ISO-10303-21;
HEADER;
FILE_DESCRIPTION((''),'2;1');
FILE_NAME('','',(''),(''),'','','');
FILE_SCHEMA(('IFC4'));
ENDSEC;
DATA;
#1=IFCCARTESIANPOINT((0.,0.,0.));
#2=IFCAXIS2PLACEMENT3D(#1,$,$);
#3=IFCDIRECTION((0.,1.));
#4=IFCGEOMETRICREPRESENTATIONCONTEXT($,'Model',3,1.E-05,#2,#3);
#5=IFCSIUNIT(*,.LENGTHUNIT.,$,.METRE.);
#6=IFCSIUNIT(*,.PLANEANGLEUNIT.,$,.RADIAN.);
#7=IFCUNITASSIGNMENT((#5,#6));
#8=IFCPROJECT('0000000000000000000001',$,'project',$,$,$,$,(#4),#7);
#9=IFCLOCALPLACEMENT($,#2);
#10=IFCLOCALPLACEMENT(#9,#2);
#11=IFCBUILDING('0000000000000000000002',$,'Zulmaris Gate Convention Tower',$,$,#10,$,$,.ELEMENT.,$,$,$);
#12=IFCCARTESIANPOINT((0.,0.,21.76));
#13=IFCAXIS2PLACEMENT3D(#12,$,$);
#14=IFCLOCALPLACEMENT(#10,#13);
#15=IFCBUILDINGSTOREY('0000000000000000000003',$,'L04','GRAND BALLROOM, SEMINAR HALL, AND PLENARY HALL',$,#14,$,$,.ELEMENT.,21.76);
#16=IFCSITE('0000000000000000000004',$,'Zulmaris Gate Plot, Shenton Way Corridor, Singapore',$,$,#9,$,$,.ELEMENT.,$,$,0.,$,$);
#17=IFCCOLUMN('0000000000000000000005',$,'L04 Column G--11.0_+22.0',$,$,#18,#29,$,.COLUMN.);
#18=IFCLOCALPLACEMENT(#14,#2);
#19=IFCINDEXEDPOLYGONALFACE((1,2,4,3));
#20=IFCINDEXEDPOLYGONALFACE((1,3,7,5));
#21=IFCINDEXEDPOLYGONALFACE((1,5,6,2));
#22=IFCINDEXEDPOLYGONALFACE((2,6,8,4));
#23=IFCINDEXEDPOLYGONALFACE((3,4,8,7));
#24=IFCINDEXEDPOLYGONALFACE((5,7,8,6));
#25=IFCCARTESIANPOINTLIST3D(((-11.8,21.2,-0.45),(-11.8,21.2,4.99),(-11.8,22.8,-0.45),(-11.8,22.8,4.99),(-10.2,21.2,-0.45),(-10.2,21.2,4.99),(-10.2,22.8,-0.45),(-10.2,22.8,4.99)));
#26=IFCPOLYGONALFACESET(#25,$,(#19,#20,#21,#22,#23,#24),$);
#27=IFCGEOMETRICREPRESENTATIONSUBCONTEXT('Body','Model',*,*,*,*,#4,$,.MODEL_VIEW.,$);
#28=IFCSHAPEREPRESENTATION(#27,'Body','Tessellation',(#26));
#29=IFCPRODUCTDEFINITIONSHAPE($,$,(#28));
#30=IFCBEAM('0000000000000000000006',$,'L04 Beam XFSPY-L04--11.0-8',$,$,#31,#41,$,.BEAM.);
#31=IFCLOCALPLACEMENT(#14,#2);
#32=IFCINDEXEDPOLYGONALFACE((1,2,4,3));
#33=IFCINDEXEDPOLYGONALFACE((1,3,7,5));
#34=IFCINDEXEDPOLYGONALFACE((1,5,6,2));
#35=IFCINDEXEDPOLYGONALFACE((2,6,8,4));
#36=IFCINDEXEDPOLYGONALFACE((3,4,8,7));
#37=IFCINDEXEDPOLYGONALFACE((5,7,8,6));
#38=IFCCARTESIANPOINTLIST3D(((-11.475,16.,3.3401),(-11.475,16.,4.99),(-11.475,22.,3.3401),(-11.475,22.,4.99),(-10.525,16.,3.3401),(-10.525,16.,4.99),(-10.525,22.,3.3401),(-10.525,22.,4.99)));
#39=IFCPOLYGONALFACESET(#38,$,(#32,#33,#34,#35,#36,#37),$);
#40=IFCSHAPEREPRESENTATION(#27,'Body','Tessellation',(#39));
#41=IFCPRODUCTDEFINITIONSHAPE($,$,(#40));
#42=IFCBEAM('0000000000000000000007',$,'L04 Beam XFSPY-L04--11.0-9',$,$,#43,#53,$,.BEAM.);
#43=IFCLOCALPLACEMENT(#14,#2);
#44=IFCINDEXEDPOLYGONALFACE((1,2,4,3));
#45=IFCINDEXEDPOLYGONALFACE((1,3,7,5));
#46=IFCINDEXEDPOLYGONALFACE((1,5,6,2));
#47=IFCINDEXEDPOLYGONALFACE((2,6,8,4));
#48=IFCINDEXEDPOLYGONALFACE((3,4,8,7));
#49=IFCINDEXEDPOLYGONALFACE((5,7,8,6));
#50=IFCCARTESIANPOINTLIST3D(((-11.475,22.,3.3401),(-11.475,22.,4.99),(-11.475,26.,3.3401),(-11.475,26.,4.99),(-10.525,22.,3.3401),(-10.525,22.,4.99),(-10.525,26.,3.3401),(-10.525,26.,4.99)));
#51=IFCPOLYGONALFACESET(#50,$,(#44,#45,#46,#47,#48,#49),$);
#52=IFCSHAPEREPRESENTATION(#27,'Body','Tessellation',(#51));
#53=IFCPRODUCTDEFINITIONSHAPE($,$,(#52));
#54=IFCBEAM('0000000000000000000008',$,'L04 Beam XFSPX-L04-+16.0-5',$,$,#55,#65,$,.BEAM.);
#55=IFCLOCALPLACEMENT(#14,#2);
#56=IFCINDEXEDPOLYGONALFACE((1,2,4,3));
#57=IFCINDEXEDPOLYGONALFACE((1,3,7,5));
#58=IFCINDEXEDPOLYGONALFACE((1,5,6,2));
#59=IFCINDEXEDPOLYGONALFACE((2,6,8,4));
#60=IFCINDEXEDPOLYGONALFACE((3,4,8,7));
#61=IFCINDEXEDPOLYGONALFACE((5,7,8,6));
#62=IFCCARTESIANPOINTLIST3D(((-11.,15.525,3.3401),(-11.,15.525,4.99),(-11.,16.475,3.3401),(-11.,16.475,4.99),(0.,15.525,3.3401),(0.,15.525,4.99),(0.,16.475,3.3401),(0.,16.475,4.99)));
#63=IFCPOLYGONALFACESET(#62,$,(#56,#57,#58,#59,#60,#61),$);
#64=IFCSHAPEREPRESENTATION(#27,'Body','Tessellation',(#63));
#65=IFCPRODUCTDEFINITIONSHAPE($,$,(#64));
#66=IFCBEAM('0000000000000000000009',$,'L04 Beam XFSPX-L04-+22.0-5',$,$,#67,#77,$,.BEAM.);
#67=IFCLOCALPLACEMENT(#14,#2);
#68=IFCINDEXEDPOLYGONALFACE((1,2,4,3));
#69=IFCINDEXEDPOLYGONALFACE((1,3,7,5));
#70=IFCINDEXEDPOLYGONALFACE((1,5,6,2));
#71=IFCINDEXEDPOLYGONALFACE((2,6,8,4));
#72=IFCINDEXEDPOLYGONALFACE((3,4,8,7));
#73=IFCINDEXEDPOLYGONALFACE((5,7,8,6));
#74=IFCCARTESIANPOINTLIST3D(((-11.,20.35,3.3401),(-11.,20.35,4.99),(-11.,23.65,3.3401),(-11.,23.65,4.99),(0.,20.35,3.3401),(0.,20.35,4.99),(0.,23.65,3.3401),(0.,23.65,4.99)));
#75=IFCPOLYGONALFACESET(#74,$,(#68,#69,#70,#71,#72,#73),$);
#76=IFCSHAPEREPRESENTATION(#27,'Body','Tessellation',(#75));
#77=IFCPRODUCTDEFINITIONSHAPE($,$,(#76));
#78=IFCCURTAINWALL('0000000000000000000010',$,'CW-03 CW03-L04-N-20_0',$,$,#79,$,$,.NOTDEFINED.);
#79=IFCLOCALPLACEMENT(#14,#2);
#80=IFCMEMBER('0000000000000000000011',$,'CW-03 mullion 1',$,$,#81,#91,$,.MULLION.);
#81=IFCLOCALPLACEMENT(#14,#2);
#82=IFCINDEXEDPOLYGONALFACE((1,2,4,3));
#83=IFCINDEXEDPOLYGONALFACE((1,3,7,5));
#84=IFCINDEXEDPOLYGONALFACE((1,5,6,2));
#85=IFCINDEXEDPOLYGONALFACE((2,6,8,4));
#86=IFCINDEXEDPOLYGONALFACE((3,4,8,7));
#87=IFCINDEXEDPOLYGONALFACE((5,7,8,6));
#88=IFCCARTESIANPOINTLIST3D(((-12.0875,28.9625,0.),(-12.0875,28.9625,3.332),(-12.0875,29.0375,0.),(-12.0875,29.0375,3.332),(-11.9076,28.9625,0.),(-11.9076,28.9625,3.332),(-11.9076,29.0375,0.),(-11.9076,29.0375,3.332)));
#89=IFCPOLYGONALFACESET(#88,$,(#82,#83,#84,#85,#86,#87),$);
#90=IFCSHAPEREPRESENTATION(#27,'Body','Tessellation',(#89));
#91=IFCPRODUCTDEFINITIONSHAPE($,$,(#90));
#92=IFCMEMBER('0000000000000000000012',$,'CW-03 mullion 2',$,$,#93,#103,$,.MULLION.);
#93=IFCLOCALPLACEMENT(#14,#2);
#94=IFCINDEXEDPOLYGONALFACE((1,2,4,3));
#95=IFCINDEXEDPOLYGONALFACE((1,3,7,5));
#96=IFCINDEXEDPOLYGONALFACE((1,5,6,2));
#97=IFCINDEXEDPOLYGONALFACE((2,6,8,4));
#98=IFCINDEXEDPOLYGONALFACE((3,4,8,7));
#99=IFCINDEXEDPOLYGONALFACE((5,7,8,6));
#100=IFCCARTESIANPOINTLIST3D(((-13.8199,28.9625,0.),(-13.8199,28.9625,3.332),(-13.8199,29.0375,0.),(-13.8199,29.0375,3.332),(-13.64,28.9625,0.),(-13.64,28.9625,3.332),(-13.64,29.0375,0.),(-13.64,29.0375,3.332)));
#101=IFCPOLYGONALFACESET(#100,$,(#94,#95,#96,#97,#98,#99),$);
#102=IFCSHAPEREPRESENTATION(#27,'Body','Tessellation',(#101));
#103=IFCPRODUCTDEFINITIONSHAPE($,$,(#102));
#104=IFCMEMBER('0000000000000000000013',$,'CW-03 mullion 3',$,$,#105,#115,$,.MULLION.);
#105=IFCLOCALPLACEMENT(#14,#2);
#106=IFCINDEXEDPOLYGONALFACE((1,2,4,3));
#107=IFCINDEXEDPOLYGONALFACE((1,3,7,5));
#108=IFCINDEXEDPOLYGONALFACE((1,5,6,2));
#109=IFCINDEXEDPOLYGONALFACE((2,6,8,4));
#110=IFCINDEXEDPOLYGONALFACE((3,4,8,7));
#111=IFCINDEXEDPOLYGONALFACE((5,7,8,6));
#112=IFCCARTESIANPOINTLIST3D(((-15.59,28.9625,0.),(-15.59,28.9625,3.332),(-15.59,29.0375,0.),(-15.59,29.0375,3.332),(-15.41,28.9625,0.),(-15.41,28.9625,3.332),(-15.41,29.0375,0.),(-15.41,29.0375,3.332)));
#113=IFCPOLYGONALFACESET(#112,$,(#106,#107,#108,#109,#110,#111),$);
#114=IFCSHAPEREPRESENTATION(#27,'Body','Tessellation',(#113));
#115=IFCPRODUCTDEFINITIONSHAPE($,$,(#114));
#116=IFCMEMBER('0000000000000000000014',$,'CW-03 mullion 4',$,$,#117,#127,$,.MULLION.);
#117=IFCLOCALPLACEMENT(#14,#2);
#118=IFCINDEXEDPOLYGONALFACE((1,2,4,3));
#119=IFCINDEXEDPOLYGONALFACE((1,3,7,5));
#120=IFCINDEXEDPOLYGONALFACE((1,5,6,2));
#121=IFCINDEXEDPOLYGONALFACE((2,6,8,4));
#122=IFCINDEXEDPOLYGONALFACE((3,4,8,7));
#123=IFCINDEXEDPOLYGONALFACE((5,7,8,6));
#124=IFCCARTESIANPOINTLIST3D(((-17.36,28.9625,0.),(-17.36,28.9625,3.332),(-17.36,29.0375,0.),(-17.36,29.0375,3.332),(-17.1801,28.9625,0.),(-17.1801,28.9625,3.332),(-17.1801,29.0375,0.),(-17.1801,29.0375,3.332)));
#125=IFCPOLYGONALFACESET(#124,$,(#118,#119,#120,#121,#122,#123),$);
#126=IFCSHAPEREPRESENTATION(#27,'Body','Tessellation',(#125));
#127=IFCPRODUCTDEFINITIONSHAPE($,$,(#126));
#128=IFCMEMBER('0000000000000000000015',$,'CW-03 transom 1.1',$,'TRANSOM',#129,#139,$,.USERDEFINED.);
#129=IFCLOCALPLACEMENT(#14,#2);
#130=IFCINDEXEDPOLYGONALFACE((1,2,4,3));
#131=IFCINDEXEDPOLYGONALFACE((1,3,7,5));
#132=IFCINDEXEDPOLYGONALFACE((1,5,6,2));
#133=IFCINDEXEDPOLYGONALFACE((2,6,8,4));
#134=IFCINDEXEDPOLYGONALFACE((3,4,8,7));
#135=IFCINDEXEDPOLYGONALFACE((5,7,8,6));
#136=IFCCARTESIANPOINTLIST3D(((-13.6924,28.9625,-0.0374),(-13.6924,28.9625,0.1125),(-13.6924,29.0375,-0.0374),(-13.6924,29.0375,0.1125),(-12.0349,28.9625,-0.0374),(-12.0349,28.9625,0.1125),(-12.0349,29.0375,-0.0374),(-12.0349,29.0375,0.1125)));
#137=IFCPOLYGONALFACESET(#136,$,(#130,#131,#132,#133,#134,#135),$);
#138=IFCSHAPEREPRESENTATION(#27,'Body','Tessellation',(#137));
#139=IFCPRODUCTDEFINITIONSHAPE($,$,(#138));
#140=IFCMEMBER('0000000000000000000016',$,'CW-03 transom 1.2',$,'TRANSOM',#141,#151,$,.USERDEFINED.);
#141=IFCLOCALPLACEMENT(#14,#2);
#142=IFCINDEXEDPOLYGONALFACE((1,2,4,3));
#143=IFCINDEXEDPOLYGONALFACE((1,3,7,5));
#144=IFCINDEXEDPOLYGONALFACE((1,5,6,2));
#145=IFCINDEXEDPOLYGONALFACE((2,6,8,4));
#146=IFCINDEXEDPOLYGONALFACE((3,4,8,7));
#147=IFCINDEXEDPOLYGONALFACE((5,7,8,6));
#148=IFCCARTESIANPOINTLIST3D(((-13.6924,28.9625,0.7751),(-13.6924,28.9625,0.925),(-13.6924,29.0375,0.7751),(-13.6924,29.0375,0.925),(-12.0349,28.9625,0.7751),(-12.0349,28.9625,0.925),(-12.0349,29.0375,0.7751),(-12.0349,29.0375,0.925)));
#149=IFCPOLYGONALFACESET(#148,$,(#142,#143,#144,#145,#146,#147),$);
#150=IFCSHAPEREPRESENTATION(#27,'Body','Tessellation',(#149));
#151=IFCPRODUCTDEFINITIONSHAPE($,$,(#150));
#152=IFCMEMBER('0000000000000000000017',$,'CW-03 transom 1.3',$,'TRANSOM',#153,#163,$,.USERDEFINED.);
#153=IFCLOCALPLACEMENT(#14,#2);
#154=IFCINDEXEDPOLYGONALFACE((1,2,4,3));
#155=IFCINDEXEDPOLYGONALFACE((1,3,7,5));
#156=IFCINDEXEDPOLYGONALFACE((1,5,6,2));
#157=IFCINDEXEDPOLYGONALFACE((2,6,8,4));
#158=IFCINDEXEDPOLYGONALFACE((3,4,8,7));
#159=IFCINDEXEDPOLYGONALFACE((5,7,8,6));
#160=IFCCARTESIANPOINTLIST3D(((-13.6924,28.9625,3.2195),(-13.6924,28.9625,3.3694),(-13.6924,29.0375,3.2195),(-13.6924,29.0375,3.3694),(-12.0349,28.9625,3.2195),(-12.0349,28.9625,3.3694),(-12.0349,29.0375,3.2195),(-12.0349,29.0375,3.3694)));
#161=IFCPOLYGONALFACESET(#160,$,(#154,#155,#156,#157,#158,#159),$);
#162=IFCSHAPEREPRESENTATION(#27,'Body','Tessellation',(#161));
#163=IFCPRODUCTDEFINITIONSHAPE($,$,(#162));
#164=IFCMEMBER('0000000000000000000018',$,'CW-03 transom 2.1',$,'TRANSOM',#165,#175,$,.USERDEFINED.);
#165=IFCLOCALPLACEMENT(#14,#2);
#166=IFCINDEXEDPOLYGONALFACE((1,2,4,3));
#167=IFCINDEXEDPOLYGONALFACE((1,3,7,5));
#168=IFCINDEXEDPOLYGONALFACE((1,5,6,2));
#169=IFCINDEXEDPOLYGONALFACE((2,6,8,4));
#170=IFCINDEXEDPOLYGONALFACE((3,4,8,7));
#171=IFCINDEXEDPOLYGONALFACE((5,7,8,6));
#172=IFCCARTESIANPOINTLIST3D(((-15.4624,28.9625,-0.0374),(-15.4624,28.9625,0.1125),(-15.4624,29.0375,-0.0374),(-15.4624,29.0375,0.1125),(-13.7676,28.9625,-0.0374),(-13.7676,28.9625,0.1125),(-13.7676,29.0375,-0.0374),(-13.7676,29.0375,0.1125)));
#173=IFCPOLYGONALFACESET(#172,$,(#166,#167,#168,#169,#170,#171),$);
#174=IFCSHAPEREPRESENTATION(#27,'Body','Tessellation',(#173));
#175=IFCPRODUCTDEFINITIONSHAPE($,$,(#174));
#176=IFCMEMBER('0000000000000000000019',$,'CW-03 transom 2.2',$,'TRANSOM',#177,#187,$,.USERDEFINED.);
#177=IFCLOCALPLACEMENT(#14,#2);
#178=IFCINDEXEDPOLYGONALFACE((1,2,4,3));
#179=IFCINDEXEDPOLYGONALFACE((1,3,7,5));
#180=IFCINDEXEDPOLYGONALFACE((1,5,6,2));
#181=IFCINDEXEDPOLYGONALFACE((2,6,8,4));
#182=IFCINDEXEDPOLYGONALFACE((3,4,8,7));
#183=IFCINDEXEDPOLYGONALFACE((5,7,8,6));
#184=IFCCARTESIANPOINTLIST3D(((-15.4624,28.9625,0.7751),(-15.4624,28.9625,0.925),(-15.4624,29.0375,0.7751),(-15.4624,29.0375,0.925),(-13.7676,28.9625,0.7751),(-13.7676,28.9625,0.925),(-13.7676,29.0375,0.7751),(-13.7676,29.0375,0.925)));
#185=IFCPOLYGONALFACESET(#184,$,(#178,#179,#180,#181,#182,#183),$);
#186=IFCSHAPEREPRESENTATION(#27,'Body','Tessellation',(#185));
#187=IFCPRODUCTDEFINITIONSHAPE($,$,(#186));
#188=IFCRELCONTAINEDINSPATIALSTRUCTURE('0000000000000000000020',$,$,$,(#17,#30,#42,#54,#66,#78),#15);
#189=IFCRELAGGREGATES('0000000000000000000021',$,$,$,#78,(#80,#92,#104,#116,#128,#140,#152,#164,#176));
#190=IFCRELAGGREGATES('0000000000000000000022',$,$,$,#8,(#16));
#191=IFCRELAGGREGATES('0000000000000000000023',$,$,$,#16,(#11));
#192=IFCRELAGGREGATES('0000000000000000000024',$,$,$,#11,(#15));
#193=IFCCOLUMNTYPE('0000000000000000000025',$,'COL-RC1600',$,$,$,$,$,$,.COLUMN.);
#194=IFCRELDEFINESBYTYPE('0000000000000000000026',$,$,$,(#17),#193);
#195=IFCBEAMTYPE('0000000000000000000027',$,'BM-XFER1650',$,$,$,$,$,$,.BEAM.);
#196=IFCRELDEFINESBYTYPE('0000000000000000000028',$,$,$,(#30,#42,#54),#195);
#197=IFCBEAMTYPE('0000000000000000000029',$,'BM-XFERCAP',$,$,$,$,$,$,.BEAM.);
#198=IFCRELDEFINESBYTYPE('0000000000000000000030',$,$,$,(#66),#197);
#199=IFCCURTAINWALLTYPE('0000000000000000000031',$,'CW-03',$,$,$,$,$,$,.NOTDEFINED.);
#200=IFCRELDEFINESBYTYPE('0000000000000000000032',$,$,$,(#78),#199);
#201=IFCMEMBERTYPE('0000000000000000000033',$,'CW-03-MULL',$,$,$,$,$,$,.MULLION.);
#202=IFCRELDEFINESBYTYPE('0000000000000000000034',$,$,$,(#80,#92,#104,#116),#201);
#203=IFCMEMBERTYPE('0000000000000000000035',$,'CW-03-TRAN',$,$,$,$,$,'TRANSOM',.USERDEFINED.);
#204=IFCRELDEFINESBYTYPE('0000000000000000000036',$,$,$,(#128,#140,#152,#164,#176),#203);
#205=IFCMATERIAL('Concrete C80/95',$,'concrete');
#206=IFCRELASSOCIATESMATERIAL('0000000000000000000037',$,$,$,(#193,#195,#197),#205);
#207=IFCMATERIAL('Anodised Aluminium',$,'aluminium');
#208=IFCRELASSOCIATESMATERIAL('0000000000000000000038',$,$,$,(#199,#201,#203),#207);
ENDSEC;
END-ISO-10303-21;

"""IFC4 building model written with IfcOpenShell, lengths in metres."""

from ifc_helpers import new_model, si_unit, direction, frame, origin, origin_2d, place, context, subcontext, project, spatial, rectangle, extrude, material, material_profile, profile_set, type_object, element, aggregate, save


model = new_model("IFC4")

# Units and contexts
model_context = context("Model", 3, precision=1e-05, world=origin(), true_north=direction((0.0, 1.0)))
body_context = subcontext(model_context, "Body", "Model", "MODEL_VIEW")
ifc_project = project(units=[si_unit("LENGTHUNIT", "METRE"), si_unit("PLANEANGLEUNIT", "RADIAN")], contexts=[model_context])

# Site, building, storey
site_placement = place(None, origin())
site = spatial("IfcSite", under=ifc_project, at=site_placement, Name="Zulmaris Gate Plot, Shenton Way Corridor, Singapore", CompositionType="ELEMENT", RefElevation=0.0)
building_placement = place(site_placement, origin())
building = spatial("IfcBuilding", under=site, at=building_placement, Name="Zulmaris Gate Convention Tower", CompositionType="ELEMENT")
storey_placement = place(building_placement, frame((0.0, 0.0, 21.76)))
storey = spatial("IfcBuildingStorey", under=building, at=storey_placement, Name="L04", Description="GRAND BALLROOM, SEMINAR HALL, AND PLENARY HALL", CompositionType="ELEMENT", Elevation=21.76)

# Column
ifc_material_1 = material(Name="Concrete C80/95", Category="concrete")
ifc_material_profile_1 = material_profile(ifc_material_1, rectangle(XDim=1.6001, YDim=1.6001, at=origin_2d()), Name="RC COL 1600x1600")
ifc_profile_set_1 = profile_set([ifc_material_profile_1], Name="Concrete C80/95")
column_type = type_object("IfcColumnType", Name="COL-RC1600", PredefinedType="COLUMN", material=ifc_profile_set_1)
column_placement = place(storey_placement, frame((-11.0, 22.0, -0.45), z_axis=(0.0, 0.0, 1.0), x_axis=(1.0, 0.0, 0.0)))
element("IfcColumn", 1, at=column_placement, inside=storey, type_object=column_type, Name="L04 Column G--11.0_+22.0", PredefinedType="COLUMN", context=body_context, shape_type="SweptSolid", body=[
    extrude(rectangle(XDim=1.6001, YDim=1.6001, at=origin_2d()), origin(), (0.0, 0.0, 1.0), 5.4399),
])

# Beams
ifc_material_profile_2 = material_profile(ifc_material_1, rectangle(XDim=0.95, YDim=1.6499, at=origin_2d()), Name="RC TRANSFER 950x1650")
ifc_profile_set_2 = profile_set([ifc_material_profile_2], Name="Concrete C80/95")
beam_type_1 = type_object("IfcBeamType", Name="BM-XFER1650", PredefinedType="BEAM", material=ifc_profile_set_2)
beam_1_placement = place(storey_placement, frame((-11.0, 16.0, 4.165), z_axis=(0.0, 1.0, 0.0), x_axis=(-1.0, 0.0, 0.0)))
element("IfcBeam", 2, at=beam_1_placement, inside=storey, type_object=beam_type_1, Name="L04 Beam XFSPY-L04--11.0-8", PredefinedType="BEAM", context=body_context, shape_type="SweptSolid", body=[
    extrude(rectangle(XDim=0.95, YDim=1.6499, at=origin_2d()), origin(), (0.0, 0.0, 1.0), 6.0),
])
beam_2_placement = place(storey_placement, frame((-11.0, 22.0, 4.165), z_axis=(0.0, 1.0, 0.0), x_axis=(-1.0, 0.0, 0.0)))
element("IfcBeam", 3, at=beam_2_placement, inside=storey, type_object=beam_type_1, Name="L04 Beam XFSPY-L04--11.0-9", PredefinedType="BEAM", context=body_context, shape_type="SweptSolid", body=[
    extrude(rectangle(XDim=0.95, YDim=1.6499, at=origin_2d()), origin(), (0.0, 0.0, 1.0), 4.0),
])
beam_3_placement = place(storey_placement, frame((-11.0, 16.0, 4.165), z_axis=(1.0, 0.0, 0.0), x_axis=(0.0, 1.0, 0.0)))
element("IfcBeam", 4, at=beam_3_placement, inside=storey, type_object=beam_type_1, Name="L04 Beam XFSPX-L04-+16.0-5", PredefinedType="BEAM", context=body_context, shape_type="SweptSolid", body=[
    extrude(rectangle(XDim=0.95, YDim=1.6499, at=origin_2d()), origin(), (0.0, 0.0, 1.0), 11.0),
])
ifc_material_profile_3 = material_profile(ifc_material_1, rectangle(XDim=3.3, YDim=1.6499, at=origin_2d()), Name="RC TRANSFER 3300x1650")
ifc_profile_set_3 = profile_set([ifc_material_profile_3], Name="Concrete C80/95")
beam_type_2 = type_object("IfcBeamType", Name="BM-XFERCAP", PredefinedType="BEAM", material=ifc_profile_set_3)
beam_4_placement = place(storey_placement, frame((-11.0, 22.0, 4.165), z_axis=(1.0, 0.0, 0.0), x_axis=(0.0, 1.0, 0.0)))
element("IfcBeam", 5, at=beam_4_placement, inside=storey, type_object=beam_type_2, Name="L04 Beam XFSPX-L04-+22.0-5", PredefinedType="BEAM", context=body_context, shape_type="SweptSolid", body=[
    extrude(rectangle(XDim=3.3, YDim=1.6499, at=origin_2d()), origin(), (0.0, 0.0, 1.0), 11.0),
])

# Curtain wall, members
ifc_material_2 = material(Name="Anodised Aluminium", Category="aluminium")
curtain_wall_type = type_object("IfcCurtainWallType", Name="CW-03", PredefinedType="NOTDEFINED", material=ifc_material_2)
curtain_wall_placement = place(storey_placement, origin())
curtain_wall = element("IfcCurtainWall", 6, at=curtain_wall_placement, inside=storey, type_object=curtain_wall_type, Name="CW-03 CW03-L04-N-20_0", PredefinedType="NOTDEFINED")
ifc_material_profile_4 = material_profile(ifc_material_2, rectangle(XDim=0.075, YDim=0.1799, at=origin_2d()), Name="ALU MULLION 75x180")
ifc_profile_set_4 = profile_set([ifc_material_profile_4], Name="Anodised Aluminium")
member_type_1 = type_object("IfcMemberType", Name="CW-03-MULL", PredefinedType="MULLION", material=ifc_profile_set_4)
member_1_placement = place(storey_placement, frame((-11.9976, 29.0, 0.0), z_axis=(0.0, 0.0, 1.0), x_axis=(0.0, -1.0, 0.0)))
member_1 = element("IfcMember", 7, at=member_1_placement, type_object=member_type_1, Name="CW-03 mullion 1", PredefinedType="MULLION", context=body_context, shape_type="SweptSolid", body=[
    extrude(rectangle(XDim=0.075, YDim=0.1799, at=origin_2d()), origin(), (0.0, 0.0, 1.0), 3.332),
])
member_2_placement = place(storey_placement, frame((-13.73, 29.0, 0.0), z_axis=(0.0, 0.0, 1.0), x_axis=(0.0, -1.0, 0.0)))
member_2 = element("IfcMember", 8, at=member_2_placement, type_object=member_type_1, Name="CW-03 mullion 2", PredefinedType="MULLION", context=body_context, shape_type="SweptSolid", body=[
    extrude(rectangle(XDim=0.075, YDim=0.1799, at=origin_2d()), origin(), (0.0, 0.0, 1.0), 3.332),
])
member_3_placement = place(storey_placement, frame((-15.5, 29.0, 0.0), z_axis=(0.0, 0.0, 1.0), x_axis=(0.0, -1.0, 0.0)))
member_3 = element("IfcMember", 9, at=member_3_placement, type_object=member_type_1, Name="CW-03 mullion 3", PredefinedType="MULLION", context=body_context, shape_type="SweptSolid", body=[
    extrude(rectangle(XDim=0.075, YDim=0.1799, at=origin_2d()), origin(), (0.0, 0.0, 1.0), 3.332),
])
member_4_placement = place(storey_placement, frame((-17.27, 29.0, 0.0), z_axis=(0.0, 0.0, 1.0), x_axis=(0.0, -1.0, 0.0)))
member_4 = element("IfcMember", 10, at=member_4_placement, type_object=member_type_1, Name="CW-03 mullion 4", PredefinedType="MULLION", context=body_context, shape_type="SweptSolid", body=[
    extrude(rectangle(XDim=0.075, YDim=0.1799, at=origin_2d()), origin(), (0.0, 0.0, 1.0), 3.332),
])
ifc_material_profile_5 = material_profile(ifc_material_2, rectangle(XDim=0.075, YDim=0.1499, at=origin_2d()), Name="ALU TRANSOM 75x150")
ifc_profile_set_5 = profile_set([ifc_material_profile_5], Name="Anodised Aluminium")
member_type_2 = type_object("IfcMemberType", Name="CW-03-TRAN", ElementType="TRANSOM", PredefinedType="USERDEFINED", material=ifc_profile_set_5)
member_5_placement = place(storey_placement, frame((-12.0349, 29.0, 0.0376), z_axis=(-1.0, 0.0, 0.0), x_axis=(0.0, -1.0, 0.0)))
member_5 = element("IfcMember", 11, at=member_5_placement, type_object=member_type_2, Name="CW-03 transom 1.1", ObjectType="TRANSOM", PredefinedType="USERDEFINED", context=body_context, shape_type="SweptSolid", body=[
    extrude(rectangle(XDim=0.075, YDim=0.1499, at=origin_2d()), origin(), (0.0, 0.0, 1.0), 1.6575),
])
member_6_placement = place(storey_placement, frame((-12.0349, 29.0, 0.8501), z_axis=(-1.0, 0.0, 0.0), x_axis=(0.0, -1.0, 0.0)))
member_6 = element("IfcMember", 12, at=member_6_placement, type_object=member_type_2, Name="CW-03 transom 1.2", ObjectType="TRANSOM", PredefinedType="USERDEFINED", context=body_context, shape_type="SweptSolid", body=[
    extrude(rectangle(XDim=0.075, YDim=0.1499, at=origin_2d()), origin(), (0.0, 0.0, 1.0), 1.6575),
])
member_7_placement = place(storey_placement, frame((-12.0349, 29.0, 3.2944), z_axis=(-1.0, 0.0, 0.0), x_axis=(0.0, -1.0, 0.0)))
member_7 = element("IfcMember", 13, at=member_7_placement, type_object=member_type_2, Name="CW-03 transom 1.3", ObjectType="TRANSOM", PredefinedType="USERDEFINED", context=body_context, shape_type="SweptSolid", body=[
    extrude(rectangle(XDim=0.075, YDim=0.1499, at=origin_2d()), origin(), (0.0, 0.0, 1.0), 1.6575),
])
member_8_placement = place(storey_placement, frame((-13.7676, 29.0, 0.0376), z_axis=(-1.0, 0.0, 0.0), x_axis=(0.0, -1.0, 0.0)))
member_8 = element("IfcMember", 14, at=member_8_placement, type_object=member_type_2, Name="CW-03 transom 2.1", ObjectType="TRANSOM", PredefinedType="USERDEFINED", context=body_context, shape_type="SweptSolid", body=[
    extrude(rectangle(XDim=0.075, YDim=0.1499, at=origin_2d()), origin(), (0.0, 0.0, 1.0), 1.6948),
])
member_9_placement = place(storey_placement, frame((-13.7676, 29.0, 0.8501), z_axis=(-1.0, 0.0, 0.0), x_axis=(0.0, -1.0, 0.0)))
member_9 = element("IfcMember", 15, at=member_9_placement, type_object=member_type_2, Name="CW-03 transom 2.2", ObjectType="TRANSOM", PredefinedType="USERDEFINED", context=body_context, shape_type="SweptSolid", body=[
    extrude(rectangle(XDim=0.075, YDim=0.1499, at=origin_2d()), origin(), (0.0, 0.0, 1.0), 1.6948),
])
aggregate(curtain_wall, [member_1, member_2, member_3, member_4, member_5, member_6, member_7, member_8, member_9])

save(model, "model.ifc")
